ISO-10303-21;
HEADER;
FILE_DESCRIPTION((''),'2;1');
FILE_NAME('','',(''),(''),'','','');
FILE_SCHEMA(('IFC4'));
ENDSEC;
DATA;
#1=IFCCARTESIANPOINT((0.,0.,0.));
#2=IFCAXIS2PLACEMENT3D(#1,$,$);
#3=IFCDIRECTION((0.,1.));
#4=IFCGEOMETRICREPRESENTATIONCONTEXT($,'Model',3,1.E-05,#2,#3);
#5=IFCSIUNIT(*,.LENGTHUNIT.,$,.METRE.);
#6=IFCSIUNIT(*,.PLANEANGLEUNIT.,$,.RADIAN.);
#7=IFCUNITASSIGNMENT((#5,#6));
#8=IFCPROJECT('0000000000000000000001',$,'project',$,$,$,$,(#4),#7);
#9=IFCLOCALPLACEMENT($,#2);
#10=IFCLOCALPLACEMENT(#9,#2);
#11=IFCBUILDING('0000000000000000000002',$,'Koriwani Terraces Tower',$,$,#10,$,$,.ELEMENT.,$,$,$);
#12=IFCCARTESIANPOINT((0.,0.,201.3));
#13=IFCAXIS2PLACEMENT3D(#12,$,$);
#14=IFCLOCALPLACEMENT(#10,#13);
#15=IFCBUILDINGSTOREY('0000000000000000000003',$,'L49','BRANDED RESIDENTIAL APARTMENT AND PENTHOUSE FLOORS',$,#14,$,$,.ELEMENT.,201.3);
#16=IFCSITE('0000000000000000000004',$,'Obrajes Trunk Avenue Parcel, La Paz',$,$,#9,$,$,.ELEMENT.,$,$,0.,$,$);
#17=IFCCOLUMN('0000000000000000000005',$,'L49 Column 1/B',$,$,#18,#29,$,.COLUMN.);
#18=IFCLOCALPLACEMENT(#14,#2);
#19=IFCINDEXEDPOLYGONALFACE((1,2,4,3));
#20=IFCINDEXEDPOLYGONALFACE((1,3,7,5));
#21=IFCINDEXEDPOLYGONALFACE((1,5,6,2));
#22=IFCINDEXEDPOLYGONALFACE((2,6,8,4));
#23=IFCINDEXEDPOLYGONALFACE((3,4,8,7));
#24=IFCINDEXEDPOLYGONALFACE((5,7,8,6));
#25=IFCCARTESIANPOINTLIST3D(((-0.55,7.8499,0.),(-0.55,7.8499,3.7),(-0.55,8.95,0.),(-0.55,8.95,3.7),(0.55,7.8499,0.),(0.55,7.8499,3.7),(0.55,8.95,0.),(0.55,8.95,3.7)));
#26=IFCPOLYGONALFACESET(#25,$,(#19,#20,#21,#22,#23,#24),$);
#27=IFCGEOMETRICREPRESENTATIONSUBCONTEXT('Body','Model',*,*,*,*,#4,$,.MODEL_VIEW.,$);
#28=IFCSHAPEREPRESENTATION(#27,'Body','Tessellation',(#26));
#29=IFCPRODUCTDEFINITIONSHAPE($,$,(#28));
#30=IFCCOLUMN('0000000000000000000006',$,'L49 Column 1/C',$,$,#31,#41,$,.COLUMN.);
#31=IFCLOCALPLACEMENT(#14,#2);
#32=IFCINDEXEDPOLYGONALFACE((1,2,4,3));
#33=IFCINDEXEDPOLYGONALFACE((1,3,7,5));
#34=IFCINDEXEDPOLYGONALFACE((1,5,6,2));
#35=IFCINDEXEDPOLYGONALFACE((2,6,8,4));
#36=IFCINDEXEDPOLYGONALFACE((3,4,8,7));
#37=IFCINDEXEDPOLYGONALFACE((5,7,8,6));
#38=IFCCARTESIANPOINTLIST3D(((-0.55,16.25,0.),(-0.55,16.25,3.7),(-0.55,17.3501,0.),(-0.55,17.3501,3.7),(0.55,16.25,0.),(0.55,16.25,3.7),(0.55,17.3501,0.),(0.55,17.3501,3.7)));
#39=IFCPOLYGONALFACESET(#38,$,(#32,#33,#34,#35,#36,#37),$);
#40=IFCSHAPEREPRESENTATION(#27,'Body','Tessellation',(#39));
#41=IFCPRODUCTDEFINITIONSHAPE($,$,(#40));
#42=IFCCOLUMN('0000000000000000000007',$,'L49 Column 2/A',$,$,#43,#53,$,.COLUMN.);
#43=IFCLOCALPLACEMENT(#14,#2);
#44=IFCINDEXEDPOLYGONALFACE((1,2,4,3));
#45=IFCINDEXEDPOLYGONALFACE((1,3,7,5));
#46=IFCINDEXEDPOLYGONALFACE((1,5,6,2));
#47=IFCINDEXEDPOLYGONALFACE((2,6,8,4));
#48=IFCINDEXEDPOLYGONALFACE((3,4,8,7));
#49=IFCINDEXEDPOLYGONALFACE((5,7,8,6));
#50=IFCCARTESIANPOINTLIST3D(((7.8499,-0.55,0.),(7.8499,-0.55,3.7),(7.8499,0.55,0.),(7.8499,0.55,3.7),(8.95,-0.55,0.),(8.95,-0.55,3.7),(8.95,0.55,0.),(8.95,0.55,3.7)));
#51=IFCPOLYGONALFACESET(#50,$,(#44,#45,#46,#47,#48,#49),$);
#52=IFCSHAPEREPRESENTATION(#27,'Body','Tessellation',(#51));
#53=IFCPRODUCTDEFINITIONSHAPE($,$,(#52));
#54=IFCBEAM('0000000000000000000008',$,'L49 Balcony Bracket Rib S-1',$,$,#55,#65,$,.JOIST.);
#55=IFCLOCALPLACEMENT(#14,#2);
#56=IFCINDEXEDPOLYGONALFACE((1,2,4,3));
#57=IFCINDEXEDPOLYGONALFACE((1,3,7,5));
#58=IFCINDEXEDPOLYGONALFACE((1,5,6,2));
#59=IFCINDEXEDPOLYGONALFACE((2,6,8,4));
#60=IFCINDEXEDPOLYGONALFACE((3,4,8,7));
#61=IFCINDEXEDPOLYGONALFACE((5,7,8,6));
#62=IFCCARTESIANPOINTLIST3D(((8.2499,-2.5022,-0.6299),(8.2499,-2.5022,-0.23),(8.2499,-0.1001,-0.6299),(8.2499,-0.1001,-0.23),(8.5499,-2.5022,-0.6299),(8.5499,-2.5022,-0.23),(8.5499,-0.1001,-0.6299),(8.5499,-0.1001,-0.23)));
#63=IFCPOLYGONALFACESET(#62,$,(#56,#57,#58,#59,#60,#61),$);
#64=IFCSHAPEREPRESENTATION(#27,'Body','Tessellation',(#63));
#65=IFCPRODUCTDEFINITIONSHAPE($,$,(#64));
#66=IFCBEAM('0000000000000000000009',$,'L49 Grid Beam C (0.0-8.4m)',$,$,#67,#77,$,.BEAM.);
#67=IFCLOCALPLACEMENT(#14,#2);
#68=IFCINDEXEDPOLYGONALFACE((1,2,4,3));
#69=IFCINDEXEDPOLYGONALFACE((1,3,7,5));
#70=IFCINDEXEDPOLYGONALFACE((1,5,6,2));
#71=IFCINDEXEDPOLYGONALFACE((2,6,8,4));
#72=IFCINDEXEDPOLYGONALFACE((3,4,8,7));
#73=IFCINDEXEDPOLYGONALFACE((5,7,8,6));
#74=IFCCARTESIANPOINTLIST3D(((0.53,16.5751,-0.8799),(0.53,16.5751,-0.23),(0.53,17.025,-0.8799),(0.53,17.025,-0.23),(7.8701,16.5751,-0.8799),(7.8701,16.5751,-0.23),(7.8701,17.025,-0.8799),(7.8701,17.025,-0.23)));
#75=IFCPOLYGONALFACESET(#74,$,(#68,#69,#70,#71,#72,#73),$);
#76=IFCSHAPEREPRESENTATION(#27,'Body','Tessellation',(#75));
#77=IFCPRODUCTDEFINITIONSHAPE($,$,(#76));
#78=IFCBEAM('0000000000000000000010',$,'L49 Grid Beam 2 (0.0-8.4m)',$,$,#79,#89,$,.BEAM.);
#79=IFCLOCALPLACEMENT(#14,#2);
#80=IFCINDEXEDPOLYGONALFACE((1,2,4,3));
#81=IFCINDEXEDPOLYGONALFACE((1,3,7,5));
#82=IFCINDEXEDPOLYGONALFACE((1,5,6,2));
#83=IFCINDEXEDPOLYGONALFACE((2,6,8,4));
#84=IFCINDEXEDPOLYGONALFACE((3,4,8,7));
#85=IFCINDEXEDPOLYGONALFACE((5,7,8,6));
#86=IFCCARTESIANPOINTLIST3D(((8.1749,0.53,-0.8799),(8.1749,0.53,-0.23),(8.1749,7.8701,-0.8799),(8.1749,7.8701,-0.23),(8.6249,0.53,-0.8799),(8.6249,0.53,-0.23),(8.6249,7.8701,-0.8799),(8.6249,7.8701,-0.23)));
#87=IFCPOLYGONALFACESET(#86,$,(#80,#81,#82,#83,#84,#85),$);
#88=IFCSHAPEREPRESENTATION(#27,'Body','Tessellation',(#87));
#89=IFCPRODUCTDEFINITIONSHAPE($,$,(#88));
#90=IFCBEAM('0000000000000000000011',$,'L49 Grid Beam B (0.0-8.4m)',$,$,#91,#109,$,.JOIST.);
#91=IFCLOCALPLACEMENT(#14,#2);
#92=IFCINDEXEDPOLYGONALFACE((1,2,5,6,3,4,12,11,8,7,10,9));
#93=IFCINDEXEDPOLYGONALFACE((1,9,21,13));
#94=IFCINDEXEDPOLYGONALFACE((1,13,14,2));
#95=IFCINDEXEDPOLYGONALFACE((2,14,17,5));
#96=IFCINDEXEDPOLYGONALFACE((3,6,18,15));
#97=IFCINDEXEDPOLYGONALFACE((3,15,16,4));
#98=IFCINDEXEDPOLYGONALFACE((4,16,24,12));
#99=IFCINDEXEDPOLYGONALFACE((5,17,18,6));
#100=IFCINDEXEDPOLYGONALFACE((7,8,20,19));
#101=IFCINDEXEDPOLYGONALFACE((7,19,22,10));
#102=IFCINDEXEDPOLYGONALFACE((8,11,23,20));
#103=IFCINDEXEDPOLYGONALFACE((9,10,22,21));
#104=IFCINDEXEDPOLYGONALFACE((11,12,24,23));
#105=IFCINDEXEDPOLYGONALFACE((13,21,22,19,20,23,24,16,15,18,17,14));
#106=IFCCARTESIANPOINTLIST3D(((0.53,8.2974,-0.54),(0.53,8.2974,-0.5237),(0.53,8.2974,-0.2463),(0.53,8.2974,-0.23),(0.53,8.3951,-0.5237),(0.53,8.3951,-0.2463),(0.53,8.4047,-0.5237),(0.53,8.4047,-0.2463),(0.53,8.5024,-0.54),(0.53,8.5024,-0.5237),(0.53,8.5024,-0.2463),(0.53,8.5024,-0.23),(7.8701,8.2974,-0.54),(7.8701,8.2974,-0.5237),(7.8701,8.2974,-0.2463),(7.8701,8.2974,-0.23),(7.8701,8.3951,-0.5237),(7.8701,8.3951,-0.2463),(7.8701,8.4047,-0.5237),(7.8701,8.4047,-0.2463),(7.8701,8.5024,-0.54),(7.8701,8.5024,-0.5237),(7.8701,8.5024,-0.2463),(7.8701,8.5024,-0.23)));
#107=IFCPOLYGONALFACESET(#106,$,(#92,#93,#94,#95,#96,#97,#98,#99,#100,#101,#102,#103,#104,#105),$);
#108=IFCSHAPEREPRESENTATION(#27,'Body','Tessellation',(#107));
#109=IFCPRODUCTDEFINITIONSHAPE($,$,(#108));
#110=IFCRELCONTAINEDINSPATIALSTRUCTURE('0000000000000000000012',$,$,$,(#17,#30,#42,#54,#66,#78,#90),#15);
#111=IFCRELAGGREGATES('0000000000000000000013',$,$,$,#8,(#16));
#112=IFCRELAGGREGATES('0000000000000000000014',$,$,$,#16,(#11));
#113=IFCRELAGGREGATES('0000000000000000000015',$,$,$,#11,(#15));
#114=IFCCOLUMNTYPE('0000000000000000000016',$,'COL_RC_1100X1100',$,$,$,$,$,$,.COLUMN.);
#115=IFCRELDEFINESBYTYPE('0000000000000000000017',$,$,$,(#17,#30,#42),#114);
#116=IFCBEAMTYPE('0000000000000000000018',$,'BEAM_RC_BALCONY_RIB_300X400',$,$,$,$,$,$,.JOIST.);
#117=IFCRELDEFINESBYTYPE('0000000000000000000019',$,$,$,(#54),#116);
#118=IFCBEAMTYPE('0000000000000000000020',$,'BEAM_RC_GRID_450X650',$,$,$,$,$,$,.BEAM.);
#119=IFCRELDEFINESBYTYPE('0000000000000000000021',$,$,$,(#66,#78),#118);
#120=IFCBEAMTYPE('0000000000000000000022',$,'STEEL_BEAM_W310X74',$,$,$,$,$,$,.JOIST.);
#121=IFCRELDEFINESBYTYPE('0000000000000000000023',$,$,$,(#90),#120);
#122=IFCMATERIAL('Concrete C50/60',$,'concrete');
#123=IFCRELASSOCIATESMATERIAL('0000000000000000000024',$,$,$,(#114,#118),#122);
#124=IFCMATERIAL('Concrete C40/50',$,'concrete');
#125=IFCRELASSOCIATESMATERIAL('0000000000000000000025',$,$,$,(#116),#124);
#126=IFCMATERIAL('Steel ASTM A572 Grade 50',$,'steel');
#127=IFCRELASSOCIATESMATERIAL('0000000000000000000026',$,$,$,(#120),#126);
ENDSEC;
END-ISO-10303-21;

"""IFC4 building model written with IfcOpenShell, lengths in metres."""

from ifc_helpers import new_model, si_unit, direction, frame, origin, origin_2d, place, context, subcontext, project, spatial, rectangle, i_section, extrude, material, material_profile, profile_set, type_object, element, save


model = new_model("IFC4")

# Units and contexts
model_context = context("Model", 3, precision=1e-05, world=origin(), true_north=direction((0.0, 1.0)))
body_context = subcontext(model_context, "Body", "Model", "MODEL_VIEW")
ifc_project = project(units=[si_unit("LENGTHUNIT", "METRE"), si_unit("PLANEANGLEUNIT", "RADIAN")], contexts=[model_context])

# Site, building, storey
site_placement = place(None, origin())
site = spatial("IfcSite", under=ifc_project, at=site_placement, Name="Obrajes Trunk Avenue Parcel, La Paz", CompositionType="ELEMENT", RefElevation=0.0)
building_placement = place(site_placement, origin())
building = spatial("IfcBuilding", under=site, at=building_placement, Name="Koriwani Terraces Tower", CompositionType="ELEMENT")
storey_placement = place(building_placement, frame((0.0, 0.0, 201.3)))
storey = spatial("IfcBuildingStorey", under=building, at=storey_placement, Name="L49", Description="BRANDED RESIDENTIAL APARTMENT AND PENTHOUSE FLOORS", CompositionType="ELEMENT", Elevation=201.3)

# Columns
ifc_material_1 = material(Name="Concrete C50/60", Category="concrete")
ifc_material_profile_1 = material_profile(ifc_material_1, rectangle(XDim=1.1001, YDim=1.1001, at=origin_2d()), Name="Concrete C50/60", Category="LoadBearing")
ifc_profile_set_1 = profile_set([ifc_material_profile_1], Name="Concrete C50/60")
column_type = type_object("IfcColumnType", Name="COL_RC_1100X1100", PredefinedType="COLUMN", material=ifc_profile_set_1)
for number, where, z_axis, x_axis, name in (
    (1, (0.0, 8.3999, 0.0), (0.0, 0.0, 1.0), (1.0, 0.0, 0.0), "L49 Column 1/B"),
    (2, (0.0, 16.8, 0.0), (0.0, 0.0, 1.0), (1.0, 0.0, 0.0), "L49 Column 1/C"),
    (3, (8.3999, 0.0, 0.0), (0.0, 0.0, 1.0), (1.0, 0.0, 0.0), "L49 Column 2/A"),
):
    element("IfcColumn", number, at=place(storey_placement, frame(where, z_axis=z_axis, x_axis=x_axis)), inside=storey, type_object=column_type, Name=name, PredefinedType="COLUMN", context=body_context, shape_type="SweptSolid", body=[
        extrude(rectangle(XDim=1.1001, YDim=1.1001, at=origin_2d()), origin(), (0.0, 0.0, 1.0), 3.7),
    ])

# Beams
ifc_material_2 = material(Name="Concrete C40/50", Category="concrete")
ifc_material_profile_2 = material_profile(ifc_material_2, rectangle(XDim=0.3, YDim=0.3999, at=origin_2d()), Name="Concrete C40/50", Category="LoadBearing")
ifc_profile_set_2 = profile_set([ifc_material_profile_2], Name="Concrete C40/50")
beam_type_1 = type_object("IfcBeamType", Name="BEAM_RC_BALCONY_RIB_300X400", PredefinedType="JOIST", material=ifc_profile_set_2)
beam_1_placement = place(storey_placement, frame((8.3999, -2.5022, -0.4299), z_axis=(0.0, 1.0, 0.0), x_axis=(-1.0, 0.0, 0.0)))
element("IfcBeam", 4, at=beam_1_placement, inside=storey, type_object=beam_type_1, Name="L49 Balcony Bracket Rib S-1", PredefinedType="JOIST", context=body_context, shape_type="SweptSolid", body=[
    extrude(rectangle(XDim=0.3, YDim=0.3999, at=origin_2d()), origin(), (0.0, 0.0, 1.0), 2.4021),
])
ifc_material_profile_3 = material_profile(ifc_material_1, rectangle(XDim=0.45, YDim=0.6499, at=origin_2d()), Name="Concrete C50/60", Category="LoadBearing")
ifc_profile_set_3 = profile_set([ifc_material_profile_3], Name="Concrete C50/60")
beam_type_2 = type_object("IfcBeamType", Name="BEAM_RC_GRID_450X650", PredefinedType="BEAM", material=ifc_profile_set_3)
for number, where, z_axis, x_axis, name in (
    (5, (0.53, 16.8, -0.5549), (1.0, 0.0, 0.0), (0.0, 1.0, 0.0), "L49 Grid Beam C (0.0-8.4m)"),
    (6, (8.3999, 0.53, -0.5549), (0.0, 1.0, 0.0), (-1.0, 0.0, 0.0), "L49 Grid Beam 2 (0.0-8.4m)"),
):
    element("IfcBeam", number, at=place(storey_placement, frame(where, z_axis=z_axis, x_axis=x_axis)), inside=storey, type_object=beam_type_2, Name=name, PredefinedType="BEAM", context=body_context, shape_type="SweptSolid", body=[
        extrude(rectangle(XDim=0.45, YDim=0.6499, at=origin_2d()), origin(), (0.0, 0.0, 1.0), 7.3401),
    ])
ifc_material_3 = material(Name="Steel ASTM A572 Grade 50", Category="steel")
ifc_material_profile_4 = material_profile(ifc_material_3, i_section(OverallWidth=0.2051, OverallDepth=0.3101, WebThickness=0.0095, FlangeThickness=0.0164, at=origin_2d()), Name="Steel ASTM A572 Grade 50", Category="LoadBearing")
ifc_profile_set_4 = profile_set([ifc_material_profile_4], Name="Steel ASTM A572 Grade 50")
beam_type_3 = type_object("IfcBeamType", Name="STEEL_BEAM_W310X74", PredefinedType="JOIST", material=ifc_profile_set_4)
beam_2_placement = place(storey_placement, frame((0.53, 8.3999, -0.385), z_axis=(1.0, 0.0, 0.0), x_axis=(0.0, 1.0, 0.0)))
element("IfcBeam", 7, at=beam_2_placement, inside=storey, type_object=beam_type_3, Name="L49 Grid Beam B (0.0-8.4m)", PredefinedType="JOIST", context=body_context, shape_type="SweptSolid", body=[
    extrude(i_section(OverallWidth=0.2051, OverallDepth=0.3101, WebThickness=0.0095, FlangeThickness=0.0164, at=origin_2d()), origin(), (0.0, 0.0, 1.0), 7.3401),
])

save(model, "model.ifc")
